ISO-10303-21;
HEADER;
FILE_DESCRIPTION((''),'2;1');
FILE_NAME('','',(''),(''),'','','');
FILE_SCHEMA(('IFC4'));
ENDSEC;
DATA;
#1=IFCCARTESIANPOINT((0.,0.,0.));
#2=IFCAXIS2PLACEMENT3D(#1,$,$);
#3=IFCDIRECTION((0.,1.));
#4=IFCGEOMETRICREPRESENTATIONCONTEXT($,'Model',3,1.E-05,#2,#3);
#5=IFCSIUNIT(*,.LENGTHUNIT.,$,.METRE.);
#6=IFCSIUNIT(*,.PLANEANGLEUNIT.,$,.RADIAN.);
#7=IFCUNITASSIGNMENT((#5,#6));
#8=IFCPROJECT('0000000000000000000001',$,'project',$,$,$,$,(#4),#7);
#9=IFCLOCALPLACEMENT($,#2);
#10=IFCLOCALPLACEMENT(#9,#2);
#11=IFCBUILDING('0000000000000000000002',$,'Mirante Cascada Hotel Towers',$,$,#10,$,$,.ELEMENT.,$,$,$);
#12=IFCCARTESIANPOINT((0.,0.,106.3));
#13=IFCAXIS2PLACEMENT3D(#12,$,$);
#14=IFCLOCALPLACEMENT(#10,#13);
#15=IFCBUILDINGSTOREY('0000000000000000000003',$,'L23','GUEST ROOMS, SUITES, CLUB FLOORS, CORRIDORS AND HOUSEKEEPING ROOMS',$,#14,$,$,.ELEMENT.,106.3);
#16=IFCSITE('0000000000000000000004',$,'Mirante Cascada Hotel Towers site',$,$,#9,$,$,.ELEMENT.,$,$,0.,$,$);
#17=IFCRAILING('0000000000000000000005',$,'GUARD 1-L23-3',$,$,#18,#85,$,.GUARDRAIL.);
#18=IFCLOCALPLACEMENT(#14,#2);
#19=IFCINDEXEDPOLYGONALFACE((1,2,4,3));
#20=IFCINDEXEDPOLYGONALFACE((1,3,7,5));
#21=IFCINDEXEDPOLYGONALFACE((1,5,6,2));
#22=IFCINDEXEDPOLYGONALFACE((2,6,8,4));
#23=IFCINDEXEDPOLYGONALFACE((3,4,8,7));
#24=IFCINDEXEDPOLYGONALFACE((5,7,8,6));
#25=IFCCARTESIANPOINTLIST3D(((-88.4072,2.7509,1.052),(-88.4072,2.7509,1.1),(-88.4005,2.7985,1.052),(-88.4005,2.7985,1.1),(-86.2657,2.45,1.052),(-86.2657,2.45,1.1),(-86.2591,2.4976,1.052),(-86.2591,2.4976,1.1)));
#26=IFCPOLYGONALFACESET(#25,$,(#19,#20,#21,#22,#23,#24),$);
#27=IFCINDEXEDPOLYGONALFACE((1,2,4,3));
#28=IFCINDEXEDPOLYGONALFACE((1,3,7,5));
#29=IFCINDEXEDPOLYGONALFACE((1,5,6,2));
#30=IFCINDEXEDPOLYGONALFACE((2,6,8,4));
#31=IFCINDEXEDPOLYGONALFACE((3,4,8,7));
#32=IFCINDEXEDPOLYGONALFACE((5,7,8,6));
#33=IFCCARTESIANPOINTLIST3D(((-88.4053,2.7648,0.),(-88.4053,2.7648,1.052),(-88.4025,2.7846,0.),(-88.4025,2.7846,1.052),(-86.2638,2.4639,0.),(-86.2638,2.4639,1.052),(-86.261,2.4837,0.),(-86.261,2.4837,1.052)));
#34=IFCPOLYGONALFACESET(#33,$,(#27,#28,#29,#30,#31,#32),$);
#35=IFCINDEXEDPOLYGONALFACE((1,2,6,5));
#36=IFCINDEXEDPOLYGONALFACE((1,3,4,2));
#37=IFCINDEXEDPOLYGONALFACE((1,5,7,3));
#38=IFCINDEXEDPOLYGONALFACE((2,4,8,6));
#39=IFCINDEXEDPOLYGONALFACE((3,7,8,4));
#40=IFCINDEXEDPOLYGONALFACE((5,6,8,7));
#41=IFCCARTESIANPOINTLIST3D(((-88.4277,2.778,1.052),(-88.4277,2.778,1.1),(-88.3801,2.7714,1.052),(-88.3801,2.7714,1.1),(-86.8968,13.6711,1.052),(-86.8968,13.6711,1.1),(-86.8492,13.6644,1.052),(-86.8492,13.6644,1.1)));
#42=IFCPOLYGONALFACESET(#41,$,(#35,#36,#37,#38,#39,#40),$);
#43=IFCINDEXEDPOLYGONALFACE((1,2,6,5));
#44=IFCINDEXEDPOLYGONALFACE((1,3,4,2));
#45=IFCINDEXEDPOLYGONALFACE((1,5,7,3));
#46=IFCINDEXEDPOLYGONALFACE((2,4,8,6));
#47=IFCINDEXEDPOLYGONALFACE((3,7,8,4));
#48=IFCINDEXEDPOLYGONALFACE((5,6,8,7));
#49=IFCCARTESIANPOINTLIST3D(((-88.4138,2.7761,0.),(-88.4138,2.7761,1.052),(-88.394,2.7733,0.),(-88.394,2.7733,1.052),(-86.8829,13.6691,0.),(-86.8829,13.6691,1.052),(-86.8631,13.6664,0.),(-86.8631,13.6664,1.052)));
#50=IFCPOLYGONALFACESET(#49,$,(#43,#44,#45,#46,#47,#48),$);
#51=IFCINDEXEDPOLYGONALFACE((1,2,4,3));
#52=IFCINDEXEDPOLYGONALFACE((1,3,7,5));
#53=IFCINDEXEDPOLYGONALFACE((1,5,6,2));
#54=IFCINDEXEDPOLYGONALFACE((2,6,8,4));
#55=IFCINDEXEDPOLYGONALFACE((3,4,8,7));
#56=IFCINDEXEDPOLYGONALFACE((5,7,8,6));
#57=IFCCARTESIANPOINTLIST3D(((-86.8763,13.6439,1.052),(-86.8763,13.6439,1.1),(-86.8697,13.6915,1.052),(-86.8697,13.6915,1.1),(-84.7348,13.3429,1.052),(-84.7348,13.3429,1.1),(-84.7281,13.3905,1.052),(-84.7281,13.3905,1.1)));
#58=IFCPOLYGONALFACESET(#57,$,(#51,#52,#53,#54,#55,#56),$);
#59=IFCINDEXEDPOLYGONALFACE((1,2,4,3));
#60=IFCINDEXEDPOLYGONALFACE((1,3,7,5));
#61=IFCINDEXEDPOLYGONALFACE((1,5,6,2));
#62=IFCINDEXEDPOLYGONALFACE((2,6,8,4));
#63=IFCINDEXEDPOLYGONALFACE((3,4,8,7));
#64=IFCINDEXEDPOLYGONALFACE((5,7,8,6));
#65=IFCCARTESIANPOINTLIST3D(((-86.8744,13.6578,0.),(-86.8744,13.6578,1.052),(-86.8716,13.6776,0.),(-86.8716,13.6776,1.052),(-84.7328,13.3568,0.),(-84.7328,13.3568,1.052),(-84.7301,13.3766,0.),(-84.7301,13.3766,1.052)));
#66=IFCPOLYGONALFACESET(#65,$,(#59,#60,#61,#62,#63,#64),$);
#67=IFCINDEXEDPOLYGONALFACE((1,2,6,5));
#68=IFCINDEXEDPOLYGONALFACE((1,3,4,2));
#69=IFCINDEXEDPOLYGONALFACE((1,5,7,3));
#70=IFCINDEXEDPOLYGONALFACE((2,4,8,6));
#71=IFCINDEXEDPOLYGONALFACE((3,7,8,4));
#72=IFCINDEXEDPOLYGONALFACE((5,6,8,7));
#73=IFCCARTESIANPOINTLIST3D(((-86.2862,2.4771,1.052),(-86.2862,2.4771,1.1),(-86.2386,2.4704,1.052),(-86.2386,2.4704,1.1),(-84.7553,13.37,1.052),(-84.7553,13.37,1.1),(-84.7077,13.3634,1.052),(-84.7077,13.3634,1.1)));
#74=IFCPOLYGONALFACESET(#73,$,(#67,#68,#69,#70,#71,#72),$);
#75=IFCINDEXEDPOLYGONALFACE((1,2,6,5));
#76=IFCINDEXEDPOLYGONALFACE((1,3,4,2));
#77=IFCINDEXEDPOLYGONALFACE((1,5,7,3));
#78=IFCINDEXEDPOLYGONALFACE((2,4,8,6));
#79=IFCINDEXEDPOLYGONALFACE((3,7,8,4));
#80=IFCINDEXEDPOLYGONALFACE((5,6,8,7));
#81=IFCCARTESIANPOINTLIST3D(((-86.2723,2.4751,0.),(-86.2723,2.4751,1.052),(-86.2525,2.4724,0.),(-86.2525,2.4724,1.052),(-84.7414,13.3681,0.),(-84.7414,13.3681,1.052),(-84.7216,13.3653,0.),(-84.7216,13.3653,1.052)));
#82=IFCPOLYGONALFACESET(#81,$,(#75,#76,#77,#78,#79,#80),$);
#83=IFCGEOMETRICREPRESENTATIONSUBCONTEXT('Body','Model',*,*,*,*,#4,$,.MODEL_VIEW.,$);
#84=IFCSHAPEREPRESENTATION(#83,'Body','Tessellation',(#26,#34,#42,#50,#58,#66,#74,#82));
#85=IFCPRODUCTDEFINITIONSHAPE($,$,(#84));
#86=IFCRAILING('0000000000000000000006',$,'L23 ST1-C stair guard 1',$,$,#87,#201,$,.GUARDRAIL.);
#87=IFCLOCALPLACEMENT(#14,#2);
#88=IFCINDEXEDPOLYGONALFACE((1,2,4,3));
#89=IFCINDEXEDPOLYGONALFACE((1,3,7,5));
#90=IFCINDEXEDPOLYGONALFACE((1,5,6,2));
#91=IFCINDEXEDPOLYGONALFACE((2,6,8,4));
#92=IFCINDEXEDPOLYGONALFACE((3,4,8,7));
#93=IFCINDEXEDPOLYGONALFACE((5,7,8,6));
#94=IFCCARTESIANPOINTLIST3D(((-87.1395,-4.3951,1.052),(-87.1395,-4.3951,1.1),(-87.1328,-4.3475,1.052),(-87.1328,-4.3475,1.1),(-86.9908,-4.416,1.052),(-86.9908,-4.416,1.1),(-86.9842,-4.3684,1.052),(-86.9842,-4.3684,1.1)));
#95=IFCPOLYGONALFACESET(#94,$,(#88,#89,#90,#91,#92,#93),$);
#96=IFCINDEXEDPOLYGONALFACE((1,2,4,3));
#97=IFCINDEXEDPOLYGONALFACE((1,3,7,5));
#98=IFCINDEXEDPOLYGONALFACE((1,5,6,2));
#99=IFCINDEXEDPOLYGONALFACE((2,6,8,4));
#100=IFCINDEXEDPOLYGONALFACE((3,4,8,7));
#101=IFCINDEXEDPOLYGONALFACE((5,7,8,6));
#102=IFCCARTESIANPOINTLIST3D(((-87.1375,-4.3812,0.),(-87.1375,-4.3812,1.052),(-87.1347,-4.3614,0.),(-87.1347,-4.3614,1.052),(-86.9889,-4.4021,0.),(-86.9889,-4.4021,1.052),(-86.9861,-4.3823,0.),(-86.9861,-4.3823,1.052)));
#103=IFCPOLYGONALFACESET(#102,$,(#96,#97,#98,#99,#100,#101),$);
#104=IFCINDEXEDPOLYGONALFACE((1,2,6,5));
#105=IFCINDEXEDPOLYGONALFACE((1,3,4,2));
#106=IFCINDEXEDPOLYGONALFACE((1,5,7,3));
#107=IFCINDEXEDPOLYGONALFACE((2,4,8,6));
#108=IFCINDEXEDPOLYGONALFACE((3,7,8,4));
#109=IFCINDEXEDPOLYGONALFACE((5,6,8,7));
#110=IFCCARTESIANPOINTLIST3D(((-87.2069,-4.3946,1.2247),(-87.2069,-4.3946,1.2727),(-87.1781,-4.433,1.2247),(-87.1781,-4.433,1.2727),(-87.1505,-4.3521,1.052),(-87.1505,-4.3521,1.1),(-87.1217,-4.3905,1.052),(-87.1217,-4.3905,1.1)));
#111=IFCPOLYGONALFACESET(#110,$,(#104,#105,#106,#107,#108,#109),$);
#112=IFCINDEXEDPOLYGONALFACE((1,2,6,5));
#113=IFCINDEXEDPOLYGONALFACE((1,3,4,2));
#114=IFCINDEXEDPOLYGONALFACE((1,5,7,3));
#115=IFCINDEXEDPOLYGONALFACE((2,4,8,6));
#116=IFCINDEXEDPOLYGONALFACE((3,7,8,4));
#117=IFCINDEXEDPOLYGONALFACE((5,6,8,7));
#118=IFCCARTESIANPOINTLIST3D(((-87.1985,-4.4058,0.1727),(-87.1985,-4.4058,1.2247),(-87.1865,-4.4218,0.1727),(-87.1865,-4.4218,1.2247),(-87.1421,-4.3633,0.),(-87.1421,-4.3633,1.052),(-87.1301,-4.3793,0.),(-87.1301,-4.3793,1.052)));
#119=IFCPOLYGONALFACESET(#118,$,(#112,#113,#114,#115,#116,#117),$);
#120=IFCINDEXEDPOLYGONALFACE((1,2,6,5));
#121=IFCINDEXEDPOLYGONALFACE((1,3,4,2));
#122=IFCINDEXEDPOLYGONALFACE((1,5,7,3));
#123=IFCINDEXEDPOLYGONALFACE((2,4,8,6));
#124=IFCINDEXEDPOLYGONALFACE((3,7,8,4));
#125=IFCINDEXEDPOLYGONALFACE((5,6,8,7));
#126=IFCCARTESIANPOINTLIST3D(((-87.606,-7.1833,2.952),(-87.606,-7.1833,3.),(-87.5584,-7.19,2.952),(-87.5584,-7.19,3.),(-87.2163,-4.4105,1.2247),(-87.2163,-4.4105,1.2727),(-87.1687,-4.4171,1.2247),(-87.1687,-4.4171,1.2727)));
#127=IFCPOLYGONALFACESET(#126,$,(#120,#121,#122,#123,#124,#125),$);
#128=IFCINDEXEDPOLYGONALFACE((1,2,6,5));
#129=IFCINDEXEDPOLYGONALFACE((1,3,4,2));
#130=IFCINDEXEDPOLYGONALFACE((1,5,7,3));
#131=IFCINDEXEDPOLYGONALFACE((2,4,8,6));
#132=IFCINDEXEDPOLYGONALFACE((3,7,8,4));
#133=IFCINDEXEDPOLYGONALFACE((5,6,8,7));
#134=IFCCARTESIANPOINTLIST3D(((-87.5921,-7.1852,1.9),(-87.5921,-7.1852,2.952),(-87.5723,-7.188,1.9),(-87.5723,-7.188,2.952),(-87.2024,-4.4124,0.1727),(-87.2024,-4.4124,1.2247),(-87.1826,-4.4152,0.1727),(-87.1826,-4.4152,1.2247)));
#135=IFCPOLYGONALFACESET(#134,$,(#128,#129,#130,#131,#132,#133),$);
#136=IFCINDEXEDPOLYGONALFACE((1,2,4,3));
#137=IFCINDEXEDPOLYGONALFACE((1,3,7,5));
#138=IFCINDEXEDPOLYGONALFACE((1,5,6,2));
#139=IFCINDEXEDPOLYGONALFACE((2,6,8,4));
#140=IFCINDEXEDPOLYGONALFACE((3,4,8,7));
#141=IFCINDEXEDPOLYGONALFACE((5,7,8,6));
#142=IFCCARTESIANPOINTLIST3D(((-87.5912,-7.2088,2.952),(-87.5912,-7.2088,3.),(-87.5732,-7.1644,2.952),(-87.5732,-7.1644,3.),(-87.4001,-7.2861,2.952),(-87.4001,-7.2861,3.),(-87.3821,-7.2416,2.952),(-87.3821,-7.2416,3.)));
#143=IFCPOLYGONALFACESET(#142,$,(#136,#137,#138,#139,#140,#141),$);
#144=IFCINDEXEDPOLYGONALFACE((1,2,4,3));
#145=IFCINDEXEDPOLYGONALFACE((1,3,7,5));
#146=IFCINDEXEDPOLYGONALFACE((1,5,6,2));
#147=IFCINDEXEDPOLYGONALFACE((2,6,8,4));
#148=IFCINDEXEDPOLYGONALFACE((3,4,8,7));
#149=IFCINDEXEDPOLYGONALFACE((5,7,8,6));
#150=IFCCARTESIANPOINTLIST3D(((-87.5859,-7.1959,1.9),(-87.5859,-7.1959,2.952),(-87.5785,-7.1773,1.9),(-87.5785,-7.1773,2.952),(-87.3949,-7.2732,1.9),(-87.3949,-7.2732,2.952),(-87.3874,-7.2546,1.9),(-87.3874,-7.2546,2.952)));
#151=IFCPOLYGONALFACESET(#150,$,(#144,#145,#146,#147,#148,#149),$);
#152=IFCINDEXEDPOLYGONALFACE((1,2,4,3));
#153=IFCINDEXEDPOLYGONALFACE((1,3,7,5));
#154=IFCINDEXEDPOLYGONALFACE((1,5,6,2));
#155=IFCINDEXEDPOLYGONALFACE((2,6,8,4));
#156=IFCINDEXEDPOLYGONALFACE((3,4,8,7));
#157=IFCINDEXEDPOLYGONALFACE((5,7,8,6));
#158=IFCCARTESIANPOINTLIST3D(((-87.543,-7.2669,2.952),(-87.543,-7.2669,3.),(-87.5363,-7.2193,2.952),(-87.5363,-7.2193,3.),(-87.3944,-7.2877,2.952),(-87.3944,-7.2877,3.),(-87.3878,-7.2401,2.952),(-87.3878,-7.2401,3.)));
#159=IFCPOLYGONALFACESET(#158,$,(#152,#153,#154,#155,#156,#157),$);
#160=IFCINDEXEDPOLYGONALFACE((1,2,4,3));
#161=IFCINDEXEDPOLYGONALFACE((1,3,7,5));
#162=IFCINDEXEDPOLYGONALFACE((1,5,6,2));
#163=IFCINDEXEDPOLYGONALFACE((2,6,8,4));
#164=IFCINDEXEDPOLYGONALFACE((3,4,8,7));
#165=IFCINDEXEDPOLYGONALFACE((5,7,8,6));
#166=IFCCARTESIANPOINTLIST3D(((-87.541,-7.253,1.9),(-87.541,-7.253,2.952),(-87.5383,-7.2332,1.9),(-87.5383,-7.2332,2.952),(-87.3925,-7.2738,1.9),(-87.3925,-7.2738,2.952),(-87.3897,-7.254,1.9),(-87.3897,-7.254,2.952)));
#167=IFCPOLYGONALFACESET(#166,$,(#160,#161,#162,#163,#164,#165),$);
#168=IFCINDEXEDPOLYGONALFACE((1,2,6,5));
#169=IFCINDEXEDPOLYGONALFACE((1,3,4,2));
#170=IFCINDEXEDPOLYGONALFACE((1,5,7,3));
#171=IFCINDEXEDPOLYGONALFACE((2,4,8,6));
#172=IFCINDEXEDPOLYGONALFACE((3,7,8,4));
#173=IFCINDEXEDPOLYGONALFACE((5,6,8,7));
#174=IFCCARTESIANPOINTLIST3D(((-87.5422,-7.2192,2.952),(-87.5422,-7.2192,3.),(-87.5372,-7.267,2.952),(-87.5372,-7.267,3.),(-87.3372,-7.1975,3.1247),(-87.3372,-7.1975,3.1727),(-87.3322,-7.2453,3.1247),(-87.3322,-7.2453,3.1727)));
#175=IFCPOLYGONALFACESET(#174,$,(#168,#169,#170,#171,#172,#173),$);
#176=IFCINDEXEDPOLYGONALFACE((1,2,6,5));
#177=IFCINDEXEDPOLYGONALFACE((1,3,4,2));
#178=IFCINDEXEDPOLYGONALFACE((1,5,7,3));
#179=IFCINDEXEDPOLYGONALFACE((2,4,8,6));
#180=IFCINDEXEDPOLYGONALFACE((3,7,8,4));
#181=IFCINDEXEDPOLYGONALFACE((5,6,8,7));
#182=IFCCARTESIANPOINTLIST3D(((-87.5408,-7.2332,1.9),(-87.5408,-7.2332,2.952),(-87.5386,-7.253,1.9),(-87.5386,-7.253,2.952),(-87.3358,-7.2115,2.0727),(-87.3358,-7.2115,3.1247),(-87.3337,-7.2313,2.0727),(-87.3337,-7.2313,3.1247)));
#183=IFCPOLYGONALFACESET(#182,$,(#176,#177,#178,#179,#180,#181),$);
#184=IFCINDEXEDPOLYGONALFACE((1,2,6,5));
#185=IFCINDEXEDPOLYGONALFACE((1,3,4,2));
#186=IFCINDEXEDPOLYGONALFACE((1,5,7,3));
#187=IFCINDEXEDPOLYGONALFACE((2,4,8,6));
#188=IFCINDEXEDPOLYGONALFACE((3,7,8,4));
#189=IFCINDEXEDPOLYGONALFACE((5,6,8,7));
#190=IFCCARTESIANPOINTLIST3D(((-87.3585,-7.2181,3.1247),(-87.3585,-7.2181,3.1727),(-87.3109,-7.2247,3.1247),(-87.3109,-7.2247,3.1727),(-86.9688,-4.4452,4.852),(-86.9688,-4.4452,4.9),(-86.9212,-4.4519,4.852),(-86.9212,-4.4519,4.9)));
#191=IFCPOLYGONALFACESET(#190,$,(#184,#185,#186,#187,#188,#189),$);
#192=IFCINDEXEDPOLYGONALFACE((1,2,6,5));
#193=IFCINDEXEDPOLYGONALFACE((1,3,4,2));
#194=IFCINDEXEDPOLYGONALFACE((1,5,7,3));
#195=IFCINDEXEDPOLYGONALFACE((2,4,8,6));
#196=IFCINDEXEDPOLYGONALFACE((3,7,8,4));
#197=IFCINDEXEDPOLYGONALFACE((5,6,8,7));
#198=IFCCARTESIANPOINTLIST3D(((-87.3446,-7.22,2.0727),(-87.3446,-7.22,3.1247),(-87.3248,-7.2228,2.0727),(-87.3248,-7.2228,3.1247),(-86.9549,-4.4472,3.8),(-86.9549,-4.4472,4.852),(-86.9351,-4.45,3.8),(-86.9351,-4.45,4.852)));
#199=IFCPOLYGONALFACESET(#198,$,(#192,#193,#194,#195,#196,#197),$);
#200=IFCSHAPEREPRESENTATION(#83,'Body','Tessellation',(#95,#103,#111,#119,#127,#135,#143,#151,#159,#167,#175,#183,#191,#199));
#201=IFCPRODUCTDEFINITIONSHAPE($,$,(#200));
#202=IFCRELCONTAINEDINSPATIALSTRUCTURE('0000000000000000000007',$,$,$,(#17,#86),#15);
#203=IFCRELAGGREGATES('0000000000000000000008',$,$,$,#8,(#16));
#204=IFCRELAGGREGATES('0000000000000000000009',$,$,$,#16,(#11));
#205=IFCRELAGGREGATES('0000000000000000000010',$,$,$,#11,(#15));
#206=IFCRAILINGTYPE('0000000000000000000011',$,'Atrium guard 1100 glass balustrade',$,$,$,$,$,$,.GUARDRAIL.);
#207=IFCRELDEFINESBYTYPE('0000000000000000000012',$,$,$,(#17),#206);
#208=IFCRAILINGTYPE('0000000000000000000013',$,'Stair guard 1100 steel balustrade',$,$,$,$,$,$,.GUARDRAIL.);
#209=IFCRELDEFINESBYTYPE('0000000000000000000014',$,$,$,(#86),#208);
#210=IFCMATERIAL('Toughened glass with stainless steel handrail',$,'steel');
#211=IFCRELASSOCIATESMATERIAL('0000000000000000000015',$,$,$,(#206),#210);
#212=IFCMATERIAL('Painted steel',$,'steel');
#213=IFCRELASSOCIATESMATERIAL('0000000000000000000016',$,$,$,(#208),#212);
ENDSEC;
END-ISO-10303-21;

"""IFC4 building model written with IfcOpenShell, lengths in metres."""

from ifc_helpers import new_model, si_unit, direction, frame, origin, origin_2d, place, context, subcontext, project, spatial, rectangle, extrude, material, type_object, element, save


model = new_model("IFC4")

# Units and contexts
model_context = context("Model", 3, precision=1e-05, world=origin(), true_north=direction((0.0, 1.0)))
body_context = subcontext(model_context, "Body", "Model", "MODEL_VIEW")
ifc_project = project(units=[si_unit("LENGTHUNIT", "METRE"), si_unit("PLANEANGLEUNIT", "RADIAN")], contexts=[model_context])

# Site, building, storey
site_placement = place(None, origin())
site = spatial("IfcSite", under=ifc_project, at=site_placement, Name="Mirante Cascada Hotel Towers site", CompositionType="ELEMENT", RefElevation=0.0)
building_placement = place(site_placement, origin())
building = spatial("IfcBuilding", under=site, at=building_placement, Name="Mirante Cascada Hotel Towers", CompositionType="ELEMENT")
storey_placement = place(building_placement, frame((0.0, 0.0, 106.3)))
storey = spatial("IfcBuildingStorey", under=building, at=storey_placement, Name="L23", Description="GUEST ROOMS, SUITES, CLUB FLOORS, CORRIDORS AND HOUSEKEEPING ROOMS", CompositionType="ELEMENT", Elevation=106.3)

# Railings
ifc_material_1 = material(Name="Toughened glass with stainless steel handrail", Category="steel")
railing_type_1 = type_object("IfcRailingType", Name="Atrium guard 1100 glass balustrade", PredefinedType="GUARDRAIL", material=ifc_material_1)
railing_1_placement = place(storey_placement, frame((-86.2624, 2.4738, 0.0)))
element("IfcRailing", 1, at=railing_1_placement, inside=storey, type_object=railing_type_1, Name="GUARD 1-L23-3", PredefinedType="GUARDRAIL", context=body_context, shape_type="SweptSolid", body=[
    extrude(rectangle(XDim=0.048, YDim=0.048, at=origin_2d()), frame((0.0, 0.0, 1.076), z_axis=(-0.990272, 0.139142, 0.0), x_axis=(-0.139142, -0.990272, 0.0)), (0.0, 0.0, 1.0), 2.1625),
    extrude(rectangle(XDim=0.02, YDim=1.052, at=origin_2d()), frame((0.0, 0.0, 0.526), z_axis=(-0.990272, 0.139142, 0.0), x_axis=(-0.139142, -0.990272, 0.0)), (0.0, 0.0, 1.0), 2.1625),
    extrude(rectangle(XDim=0.048, YDim=0.048, at=origin_2d()), frame((-2.1415, 0.3009, 1.076), z_axis=(0.139172, 0.990268, 0.0), x_axis=(-0.990268, 0.139172, 0.0)), (0.0, 0.0, 1.0), 11.0001),
    extrude(rectangle(XDim=0.02, YDim=1.052, at=origin_2d()), frame((-2.1415, 0.3009, 0.526), z_axis=(0.139172, 0.990268, 0.0), x_axis=(-0.990268, 0.139172, 0.0)), (0.0, 0.0, 1.0), 11.0001),
    extrude(rectangle(XDim=0.048, YDim=0.048, at=origin_2d()), frame((-0.6106, 11.1939, 1.076), z_axis=(0.990266, -0.139187, 0.0), x_axis=(0.139187, 0.990266, 0.0)), (0.0, 0.0, 1.0), 2.1626),
    extrude(rectangle(XDim=0.02, YDim=1.052, at=origin_2d()), frame((-0.6106, 11.1939, 0.526), z_axis=(0.990266, -0.139187, 0.0), x_axis=(0.139187, 0.990266, 0.0)), (0.0, 0.0, 1.0), 2.1626),
    extrude(rectangle(XDim=0.048, YDim=0.048, at=origin_2d()), frame((1.5309, 10.8929, 1.076), z_axis=(-0.139173, -0.990268, 0.0), x_axis=(0.990268, -0.139173, 0.0)), (0.0, 0.0, 1.0), 11.0),
    extrude(rectangle(XDim=0.02, YDim=1.052, at=origin_2d()), frame((1.5309, 10.8929, 0.526), z_axis=(-0.139173, -0.990268, 0.0), x_axis=(0.990268, -0.139173, 0.0)), (0.0, 0.0, 1.0), 11.0),
])
ifc_material_2 = material(Name="Painted steel", Category="steel")
railing_type_2 = type_object("IfcRailingType", Name="Stair guard 1100 steel balustrade", PredefinedType="GUARDRAIL", material=ifc_material_2)
railing_2_placement = place(storey_placement, frame((-86.9875, -4.3922, 0.0)))
element("IfcRailing", 2, at=railing_2_placement, inside=storey, type_object=railing_type_2, Name="L23 ST1-C stair guard 1", PredefinedType="GUARDRAIL", context=body_context, shape_type="SweptSolid", body=[
    extrude(rectangle(XDim=0.048, YDim=0.048, at=origin_2d()), frame((0.0, 0.0, 1.076), z_axis=(-0.990254, 0.139275, 0.0), x_axis=(-0.139275, -0.990254, 0.0)), (0.0, 0.0, 1.0), 0.1501),
    extrude(rectangle(XDim=0.02, YDim=1.052, at=origin_2d()), frame((0.0, 0.0, 0.526), z_axis=(-0.990254, 0.139275, 0.0), x_axis=(-0.139275, -0.990254, 0.0)), (0.0, 0.0, 1.0), 0.1501),
    extrude(rectangle(XDim=0.048, YDim=0.048, at=origin_2d()), frame((-0.1486, 0.0209, 1.076), z_axis=(-0.798639, -0.601811, 0.0), x_axis=(0.601811, -0.798639, 0.0)), (0.0, 0.925603, 0.378496), 0.1866),
    extrude(rectangle(XDim=0.02, YDim=1.052, at=origin_2d()), frame((-0.1486, 0.0209, 0.526), z_axis=(-0.798639, -0.601811, 0.0), x_axis=(0.601811, -0.798639, 0.0)), (0.0, 0.925603, 0.378496), 0.1866),
    extrude(rectangle(XDim=0.048, YDim=0.048, at=origin_2d()), frame((-0.205, -0.0216, 1.2487), z_axis=(-0.139176, -0.990268, 0.0), x_axis=(0.990268, -0.139176, 0.0)), (0.0, 0.525021, 0.851089), 3.29),
    extrude(rectangle(XDim=0.02, YDim=1.052, at=origin_2d()), frame((-0.205, -0.0216, 0.6987), z_axis=(-0.139176, -0.990268, 0.0), x_axis=(0.990268, -0.139176, 0.0)), (0.0, 0.525021, 0.851089), 3.29),
    extrude(rectangle(XDim=0.048, YDim=0.048, at=origin_2d()), frame((-0.5947, -2.7944, 2.976), z_axis=(0.927031, -0.374984, 0.0), x_axis=(0.374984, 0.927031, 0.0)), (0.0, 0.0, 1.0), 0.2061),
    extrude(rectangle(XDim=0.02, YDim=1.052, at=origin_2d()), frame((-0.5947, -2.7944, 2.426), z_axis=(0.927031, -0.374984, 0.0), x_axis=(0.374984, 0.927031, 0.0)), (0.0, 0.0, 1.0), 0.2061),
    extrude(rectangle(XDim=0.048, YDim=0.048, at=origin_2d()), frame((-0.4036, -2.8717, 2.976), z_axis=(-0.990345, 0.138622, 0.0), x_axis=(-0.138622, -0.990345, 0.0)), (0.0, 0.0, 1.0), 0.15),
    extrude(rectangle(XDim=0.02, YDim=1.052, at=origin_2d()), frame((-0.4036, -2.8717, 2.426), z_axis=(-0.990345, 0.138622, 0.0), x_axis=(-0.138622, -0.990345, 0.0)), (0.0, 0.0, 1.0), 0.15),
    extrude(rectangle(XDim=0.048, YDim=0.048, at=origin_2d()), frame((-0.5522, -2.8509, 2.976), z_axis=(0.994444, 0.105266, 0.0), x_axis=(-0.105266, 0.994444, 0.0)), (0.0, 0.642184, 0.76655), 0.2689),
    extrude(rectangle(XDim=0.02, YDim=1.052, at=origin_2d()), frame((-0.5522, -2.8509, 2.426), z_axis=(0.994444, 0.105266, 0.0), x_axis=(-0.105266, 0.994444, 0.0)), (0.0, 0.642184, 0.76655), 0.2689),
    extrude(rectangle(XDim=0.048, YDim=0.048, at=origin_2d()), frame((-0.3472, -2.8292, 3.1487), z_axis=(0.139176, 0.990268, 0.0), x_axis=(-0.990268, 0.139176, 0.0)), (0.0, 0.525021, 0.851089), 3.29),
    extrude(rectangle(XDim=0.02, YDim=1.052, at=origin_2d()), frame((-0.3472, -2.8292, 2.5987), z_axis=(0.139176, 0.990268, 0.0), x_axis=(-0.990268, 0.139176, 0.0)), (0.0, 0.525021, 0.851089), 3.29),
])

save(model, "model.ifc")
